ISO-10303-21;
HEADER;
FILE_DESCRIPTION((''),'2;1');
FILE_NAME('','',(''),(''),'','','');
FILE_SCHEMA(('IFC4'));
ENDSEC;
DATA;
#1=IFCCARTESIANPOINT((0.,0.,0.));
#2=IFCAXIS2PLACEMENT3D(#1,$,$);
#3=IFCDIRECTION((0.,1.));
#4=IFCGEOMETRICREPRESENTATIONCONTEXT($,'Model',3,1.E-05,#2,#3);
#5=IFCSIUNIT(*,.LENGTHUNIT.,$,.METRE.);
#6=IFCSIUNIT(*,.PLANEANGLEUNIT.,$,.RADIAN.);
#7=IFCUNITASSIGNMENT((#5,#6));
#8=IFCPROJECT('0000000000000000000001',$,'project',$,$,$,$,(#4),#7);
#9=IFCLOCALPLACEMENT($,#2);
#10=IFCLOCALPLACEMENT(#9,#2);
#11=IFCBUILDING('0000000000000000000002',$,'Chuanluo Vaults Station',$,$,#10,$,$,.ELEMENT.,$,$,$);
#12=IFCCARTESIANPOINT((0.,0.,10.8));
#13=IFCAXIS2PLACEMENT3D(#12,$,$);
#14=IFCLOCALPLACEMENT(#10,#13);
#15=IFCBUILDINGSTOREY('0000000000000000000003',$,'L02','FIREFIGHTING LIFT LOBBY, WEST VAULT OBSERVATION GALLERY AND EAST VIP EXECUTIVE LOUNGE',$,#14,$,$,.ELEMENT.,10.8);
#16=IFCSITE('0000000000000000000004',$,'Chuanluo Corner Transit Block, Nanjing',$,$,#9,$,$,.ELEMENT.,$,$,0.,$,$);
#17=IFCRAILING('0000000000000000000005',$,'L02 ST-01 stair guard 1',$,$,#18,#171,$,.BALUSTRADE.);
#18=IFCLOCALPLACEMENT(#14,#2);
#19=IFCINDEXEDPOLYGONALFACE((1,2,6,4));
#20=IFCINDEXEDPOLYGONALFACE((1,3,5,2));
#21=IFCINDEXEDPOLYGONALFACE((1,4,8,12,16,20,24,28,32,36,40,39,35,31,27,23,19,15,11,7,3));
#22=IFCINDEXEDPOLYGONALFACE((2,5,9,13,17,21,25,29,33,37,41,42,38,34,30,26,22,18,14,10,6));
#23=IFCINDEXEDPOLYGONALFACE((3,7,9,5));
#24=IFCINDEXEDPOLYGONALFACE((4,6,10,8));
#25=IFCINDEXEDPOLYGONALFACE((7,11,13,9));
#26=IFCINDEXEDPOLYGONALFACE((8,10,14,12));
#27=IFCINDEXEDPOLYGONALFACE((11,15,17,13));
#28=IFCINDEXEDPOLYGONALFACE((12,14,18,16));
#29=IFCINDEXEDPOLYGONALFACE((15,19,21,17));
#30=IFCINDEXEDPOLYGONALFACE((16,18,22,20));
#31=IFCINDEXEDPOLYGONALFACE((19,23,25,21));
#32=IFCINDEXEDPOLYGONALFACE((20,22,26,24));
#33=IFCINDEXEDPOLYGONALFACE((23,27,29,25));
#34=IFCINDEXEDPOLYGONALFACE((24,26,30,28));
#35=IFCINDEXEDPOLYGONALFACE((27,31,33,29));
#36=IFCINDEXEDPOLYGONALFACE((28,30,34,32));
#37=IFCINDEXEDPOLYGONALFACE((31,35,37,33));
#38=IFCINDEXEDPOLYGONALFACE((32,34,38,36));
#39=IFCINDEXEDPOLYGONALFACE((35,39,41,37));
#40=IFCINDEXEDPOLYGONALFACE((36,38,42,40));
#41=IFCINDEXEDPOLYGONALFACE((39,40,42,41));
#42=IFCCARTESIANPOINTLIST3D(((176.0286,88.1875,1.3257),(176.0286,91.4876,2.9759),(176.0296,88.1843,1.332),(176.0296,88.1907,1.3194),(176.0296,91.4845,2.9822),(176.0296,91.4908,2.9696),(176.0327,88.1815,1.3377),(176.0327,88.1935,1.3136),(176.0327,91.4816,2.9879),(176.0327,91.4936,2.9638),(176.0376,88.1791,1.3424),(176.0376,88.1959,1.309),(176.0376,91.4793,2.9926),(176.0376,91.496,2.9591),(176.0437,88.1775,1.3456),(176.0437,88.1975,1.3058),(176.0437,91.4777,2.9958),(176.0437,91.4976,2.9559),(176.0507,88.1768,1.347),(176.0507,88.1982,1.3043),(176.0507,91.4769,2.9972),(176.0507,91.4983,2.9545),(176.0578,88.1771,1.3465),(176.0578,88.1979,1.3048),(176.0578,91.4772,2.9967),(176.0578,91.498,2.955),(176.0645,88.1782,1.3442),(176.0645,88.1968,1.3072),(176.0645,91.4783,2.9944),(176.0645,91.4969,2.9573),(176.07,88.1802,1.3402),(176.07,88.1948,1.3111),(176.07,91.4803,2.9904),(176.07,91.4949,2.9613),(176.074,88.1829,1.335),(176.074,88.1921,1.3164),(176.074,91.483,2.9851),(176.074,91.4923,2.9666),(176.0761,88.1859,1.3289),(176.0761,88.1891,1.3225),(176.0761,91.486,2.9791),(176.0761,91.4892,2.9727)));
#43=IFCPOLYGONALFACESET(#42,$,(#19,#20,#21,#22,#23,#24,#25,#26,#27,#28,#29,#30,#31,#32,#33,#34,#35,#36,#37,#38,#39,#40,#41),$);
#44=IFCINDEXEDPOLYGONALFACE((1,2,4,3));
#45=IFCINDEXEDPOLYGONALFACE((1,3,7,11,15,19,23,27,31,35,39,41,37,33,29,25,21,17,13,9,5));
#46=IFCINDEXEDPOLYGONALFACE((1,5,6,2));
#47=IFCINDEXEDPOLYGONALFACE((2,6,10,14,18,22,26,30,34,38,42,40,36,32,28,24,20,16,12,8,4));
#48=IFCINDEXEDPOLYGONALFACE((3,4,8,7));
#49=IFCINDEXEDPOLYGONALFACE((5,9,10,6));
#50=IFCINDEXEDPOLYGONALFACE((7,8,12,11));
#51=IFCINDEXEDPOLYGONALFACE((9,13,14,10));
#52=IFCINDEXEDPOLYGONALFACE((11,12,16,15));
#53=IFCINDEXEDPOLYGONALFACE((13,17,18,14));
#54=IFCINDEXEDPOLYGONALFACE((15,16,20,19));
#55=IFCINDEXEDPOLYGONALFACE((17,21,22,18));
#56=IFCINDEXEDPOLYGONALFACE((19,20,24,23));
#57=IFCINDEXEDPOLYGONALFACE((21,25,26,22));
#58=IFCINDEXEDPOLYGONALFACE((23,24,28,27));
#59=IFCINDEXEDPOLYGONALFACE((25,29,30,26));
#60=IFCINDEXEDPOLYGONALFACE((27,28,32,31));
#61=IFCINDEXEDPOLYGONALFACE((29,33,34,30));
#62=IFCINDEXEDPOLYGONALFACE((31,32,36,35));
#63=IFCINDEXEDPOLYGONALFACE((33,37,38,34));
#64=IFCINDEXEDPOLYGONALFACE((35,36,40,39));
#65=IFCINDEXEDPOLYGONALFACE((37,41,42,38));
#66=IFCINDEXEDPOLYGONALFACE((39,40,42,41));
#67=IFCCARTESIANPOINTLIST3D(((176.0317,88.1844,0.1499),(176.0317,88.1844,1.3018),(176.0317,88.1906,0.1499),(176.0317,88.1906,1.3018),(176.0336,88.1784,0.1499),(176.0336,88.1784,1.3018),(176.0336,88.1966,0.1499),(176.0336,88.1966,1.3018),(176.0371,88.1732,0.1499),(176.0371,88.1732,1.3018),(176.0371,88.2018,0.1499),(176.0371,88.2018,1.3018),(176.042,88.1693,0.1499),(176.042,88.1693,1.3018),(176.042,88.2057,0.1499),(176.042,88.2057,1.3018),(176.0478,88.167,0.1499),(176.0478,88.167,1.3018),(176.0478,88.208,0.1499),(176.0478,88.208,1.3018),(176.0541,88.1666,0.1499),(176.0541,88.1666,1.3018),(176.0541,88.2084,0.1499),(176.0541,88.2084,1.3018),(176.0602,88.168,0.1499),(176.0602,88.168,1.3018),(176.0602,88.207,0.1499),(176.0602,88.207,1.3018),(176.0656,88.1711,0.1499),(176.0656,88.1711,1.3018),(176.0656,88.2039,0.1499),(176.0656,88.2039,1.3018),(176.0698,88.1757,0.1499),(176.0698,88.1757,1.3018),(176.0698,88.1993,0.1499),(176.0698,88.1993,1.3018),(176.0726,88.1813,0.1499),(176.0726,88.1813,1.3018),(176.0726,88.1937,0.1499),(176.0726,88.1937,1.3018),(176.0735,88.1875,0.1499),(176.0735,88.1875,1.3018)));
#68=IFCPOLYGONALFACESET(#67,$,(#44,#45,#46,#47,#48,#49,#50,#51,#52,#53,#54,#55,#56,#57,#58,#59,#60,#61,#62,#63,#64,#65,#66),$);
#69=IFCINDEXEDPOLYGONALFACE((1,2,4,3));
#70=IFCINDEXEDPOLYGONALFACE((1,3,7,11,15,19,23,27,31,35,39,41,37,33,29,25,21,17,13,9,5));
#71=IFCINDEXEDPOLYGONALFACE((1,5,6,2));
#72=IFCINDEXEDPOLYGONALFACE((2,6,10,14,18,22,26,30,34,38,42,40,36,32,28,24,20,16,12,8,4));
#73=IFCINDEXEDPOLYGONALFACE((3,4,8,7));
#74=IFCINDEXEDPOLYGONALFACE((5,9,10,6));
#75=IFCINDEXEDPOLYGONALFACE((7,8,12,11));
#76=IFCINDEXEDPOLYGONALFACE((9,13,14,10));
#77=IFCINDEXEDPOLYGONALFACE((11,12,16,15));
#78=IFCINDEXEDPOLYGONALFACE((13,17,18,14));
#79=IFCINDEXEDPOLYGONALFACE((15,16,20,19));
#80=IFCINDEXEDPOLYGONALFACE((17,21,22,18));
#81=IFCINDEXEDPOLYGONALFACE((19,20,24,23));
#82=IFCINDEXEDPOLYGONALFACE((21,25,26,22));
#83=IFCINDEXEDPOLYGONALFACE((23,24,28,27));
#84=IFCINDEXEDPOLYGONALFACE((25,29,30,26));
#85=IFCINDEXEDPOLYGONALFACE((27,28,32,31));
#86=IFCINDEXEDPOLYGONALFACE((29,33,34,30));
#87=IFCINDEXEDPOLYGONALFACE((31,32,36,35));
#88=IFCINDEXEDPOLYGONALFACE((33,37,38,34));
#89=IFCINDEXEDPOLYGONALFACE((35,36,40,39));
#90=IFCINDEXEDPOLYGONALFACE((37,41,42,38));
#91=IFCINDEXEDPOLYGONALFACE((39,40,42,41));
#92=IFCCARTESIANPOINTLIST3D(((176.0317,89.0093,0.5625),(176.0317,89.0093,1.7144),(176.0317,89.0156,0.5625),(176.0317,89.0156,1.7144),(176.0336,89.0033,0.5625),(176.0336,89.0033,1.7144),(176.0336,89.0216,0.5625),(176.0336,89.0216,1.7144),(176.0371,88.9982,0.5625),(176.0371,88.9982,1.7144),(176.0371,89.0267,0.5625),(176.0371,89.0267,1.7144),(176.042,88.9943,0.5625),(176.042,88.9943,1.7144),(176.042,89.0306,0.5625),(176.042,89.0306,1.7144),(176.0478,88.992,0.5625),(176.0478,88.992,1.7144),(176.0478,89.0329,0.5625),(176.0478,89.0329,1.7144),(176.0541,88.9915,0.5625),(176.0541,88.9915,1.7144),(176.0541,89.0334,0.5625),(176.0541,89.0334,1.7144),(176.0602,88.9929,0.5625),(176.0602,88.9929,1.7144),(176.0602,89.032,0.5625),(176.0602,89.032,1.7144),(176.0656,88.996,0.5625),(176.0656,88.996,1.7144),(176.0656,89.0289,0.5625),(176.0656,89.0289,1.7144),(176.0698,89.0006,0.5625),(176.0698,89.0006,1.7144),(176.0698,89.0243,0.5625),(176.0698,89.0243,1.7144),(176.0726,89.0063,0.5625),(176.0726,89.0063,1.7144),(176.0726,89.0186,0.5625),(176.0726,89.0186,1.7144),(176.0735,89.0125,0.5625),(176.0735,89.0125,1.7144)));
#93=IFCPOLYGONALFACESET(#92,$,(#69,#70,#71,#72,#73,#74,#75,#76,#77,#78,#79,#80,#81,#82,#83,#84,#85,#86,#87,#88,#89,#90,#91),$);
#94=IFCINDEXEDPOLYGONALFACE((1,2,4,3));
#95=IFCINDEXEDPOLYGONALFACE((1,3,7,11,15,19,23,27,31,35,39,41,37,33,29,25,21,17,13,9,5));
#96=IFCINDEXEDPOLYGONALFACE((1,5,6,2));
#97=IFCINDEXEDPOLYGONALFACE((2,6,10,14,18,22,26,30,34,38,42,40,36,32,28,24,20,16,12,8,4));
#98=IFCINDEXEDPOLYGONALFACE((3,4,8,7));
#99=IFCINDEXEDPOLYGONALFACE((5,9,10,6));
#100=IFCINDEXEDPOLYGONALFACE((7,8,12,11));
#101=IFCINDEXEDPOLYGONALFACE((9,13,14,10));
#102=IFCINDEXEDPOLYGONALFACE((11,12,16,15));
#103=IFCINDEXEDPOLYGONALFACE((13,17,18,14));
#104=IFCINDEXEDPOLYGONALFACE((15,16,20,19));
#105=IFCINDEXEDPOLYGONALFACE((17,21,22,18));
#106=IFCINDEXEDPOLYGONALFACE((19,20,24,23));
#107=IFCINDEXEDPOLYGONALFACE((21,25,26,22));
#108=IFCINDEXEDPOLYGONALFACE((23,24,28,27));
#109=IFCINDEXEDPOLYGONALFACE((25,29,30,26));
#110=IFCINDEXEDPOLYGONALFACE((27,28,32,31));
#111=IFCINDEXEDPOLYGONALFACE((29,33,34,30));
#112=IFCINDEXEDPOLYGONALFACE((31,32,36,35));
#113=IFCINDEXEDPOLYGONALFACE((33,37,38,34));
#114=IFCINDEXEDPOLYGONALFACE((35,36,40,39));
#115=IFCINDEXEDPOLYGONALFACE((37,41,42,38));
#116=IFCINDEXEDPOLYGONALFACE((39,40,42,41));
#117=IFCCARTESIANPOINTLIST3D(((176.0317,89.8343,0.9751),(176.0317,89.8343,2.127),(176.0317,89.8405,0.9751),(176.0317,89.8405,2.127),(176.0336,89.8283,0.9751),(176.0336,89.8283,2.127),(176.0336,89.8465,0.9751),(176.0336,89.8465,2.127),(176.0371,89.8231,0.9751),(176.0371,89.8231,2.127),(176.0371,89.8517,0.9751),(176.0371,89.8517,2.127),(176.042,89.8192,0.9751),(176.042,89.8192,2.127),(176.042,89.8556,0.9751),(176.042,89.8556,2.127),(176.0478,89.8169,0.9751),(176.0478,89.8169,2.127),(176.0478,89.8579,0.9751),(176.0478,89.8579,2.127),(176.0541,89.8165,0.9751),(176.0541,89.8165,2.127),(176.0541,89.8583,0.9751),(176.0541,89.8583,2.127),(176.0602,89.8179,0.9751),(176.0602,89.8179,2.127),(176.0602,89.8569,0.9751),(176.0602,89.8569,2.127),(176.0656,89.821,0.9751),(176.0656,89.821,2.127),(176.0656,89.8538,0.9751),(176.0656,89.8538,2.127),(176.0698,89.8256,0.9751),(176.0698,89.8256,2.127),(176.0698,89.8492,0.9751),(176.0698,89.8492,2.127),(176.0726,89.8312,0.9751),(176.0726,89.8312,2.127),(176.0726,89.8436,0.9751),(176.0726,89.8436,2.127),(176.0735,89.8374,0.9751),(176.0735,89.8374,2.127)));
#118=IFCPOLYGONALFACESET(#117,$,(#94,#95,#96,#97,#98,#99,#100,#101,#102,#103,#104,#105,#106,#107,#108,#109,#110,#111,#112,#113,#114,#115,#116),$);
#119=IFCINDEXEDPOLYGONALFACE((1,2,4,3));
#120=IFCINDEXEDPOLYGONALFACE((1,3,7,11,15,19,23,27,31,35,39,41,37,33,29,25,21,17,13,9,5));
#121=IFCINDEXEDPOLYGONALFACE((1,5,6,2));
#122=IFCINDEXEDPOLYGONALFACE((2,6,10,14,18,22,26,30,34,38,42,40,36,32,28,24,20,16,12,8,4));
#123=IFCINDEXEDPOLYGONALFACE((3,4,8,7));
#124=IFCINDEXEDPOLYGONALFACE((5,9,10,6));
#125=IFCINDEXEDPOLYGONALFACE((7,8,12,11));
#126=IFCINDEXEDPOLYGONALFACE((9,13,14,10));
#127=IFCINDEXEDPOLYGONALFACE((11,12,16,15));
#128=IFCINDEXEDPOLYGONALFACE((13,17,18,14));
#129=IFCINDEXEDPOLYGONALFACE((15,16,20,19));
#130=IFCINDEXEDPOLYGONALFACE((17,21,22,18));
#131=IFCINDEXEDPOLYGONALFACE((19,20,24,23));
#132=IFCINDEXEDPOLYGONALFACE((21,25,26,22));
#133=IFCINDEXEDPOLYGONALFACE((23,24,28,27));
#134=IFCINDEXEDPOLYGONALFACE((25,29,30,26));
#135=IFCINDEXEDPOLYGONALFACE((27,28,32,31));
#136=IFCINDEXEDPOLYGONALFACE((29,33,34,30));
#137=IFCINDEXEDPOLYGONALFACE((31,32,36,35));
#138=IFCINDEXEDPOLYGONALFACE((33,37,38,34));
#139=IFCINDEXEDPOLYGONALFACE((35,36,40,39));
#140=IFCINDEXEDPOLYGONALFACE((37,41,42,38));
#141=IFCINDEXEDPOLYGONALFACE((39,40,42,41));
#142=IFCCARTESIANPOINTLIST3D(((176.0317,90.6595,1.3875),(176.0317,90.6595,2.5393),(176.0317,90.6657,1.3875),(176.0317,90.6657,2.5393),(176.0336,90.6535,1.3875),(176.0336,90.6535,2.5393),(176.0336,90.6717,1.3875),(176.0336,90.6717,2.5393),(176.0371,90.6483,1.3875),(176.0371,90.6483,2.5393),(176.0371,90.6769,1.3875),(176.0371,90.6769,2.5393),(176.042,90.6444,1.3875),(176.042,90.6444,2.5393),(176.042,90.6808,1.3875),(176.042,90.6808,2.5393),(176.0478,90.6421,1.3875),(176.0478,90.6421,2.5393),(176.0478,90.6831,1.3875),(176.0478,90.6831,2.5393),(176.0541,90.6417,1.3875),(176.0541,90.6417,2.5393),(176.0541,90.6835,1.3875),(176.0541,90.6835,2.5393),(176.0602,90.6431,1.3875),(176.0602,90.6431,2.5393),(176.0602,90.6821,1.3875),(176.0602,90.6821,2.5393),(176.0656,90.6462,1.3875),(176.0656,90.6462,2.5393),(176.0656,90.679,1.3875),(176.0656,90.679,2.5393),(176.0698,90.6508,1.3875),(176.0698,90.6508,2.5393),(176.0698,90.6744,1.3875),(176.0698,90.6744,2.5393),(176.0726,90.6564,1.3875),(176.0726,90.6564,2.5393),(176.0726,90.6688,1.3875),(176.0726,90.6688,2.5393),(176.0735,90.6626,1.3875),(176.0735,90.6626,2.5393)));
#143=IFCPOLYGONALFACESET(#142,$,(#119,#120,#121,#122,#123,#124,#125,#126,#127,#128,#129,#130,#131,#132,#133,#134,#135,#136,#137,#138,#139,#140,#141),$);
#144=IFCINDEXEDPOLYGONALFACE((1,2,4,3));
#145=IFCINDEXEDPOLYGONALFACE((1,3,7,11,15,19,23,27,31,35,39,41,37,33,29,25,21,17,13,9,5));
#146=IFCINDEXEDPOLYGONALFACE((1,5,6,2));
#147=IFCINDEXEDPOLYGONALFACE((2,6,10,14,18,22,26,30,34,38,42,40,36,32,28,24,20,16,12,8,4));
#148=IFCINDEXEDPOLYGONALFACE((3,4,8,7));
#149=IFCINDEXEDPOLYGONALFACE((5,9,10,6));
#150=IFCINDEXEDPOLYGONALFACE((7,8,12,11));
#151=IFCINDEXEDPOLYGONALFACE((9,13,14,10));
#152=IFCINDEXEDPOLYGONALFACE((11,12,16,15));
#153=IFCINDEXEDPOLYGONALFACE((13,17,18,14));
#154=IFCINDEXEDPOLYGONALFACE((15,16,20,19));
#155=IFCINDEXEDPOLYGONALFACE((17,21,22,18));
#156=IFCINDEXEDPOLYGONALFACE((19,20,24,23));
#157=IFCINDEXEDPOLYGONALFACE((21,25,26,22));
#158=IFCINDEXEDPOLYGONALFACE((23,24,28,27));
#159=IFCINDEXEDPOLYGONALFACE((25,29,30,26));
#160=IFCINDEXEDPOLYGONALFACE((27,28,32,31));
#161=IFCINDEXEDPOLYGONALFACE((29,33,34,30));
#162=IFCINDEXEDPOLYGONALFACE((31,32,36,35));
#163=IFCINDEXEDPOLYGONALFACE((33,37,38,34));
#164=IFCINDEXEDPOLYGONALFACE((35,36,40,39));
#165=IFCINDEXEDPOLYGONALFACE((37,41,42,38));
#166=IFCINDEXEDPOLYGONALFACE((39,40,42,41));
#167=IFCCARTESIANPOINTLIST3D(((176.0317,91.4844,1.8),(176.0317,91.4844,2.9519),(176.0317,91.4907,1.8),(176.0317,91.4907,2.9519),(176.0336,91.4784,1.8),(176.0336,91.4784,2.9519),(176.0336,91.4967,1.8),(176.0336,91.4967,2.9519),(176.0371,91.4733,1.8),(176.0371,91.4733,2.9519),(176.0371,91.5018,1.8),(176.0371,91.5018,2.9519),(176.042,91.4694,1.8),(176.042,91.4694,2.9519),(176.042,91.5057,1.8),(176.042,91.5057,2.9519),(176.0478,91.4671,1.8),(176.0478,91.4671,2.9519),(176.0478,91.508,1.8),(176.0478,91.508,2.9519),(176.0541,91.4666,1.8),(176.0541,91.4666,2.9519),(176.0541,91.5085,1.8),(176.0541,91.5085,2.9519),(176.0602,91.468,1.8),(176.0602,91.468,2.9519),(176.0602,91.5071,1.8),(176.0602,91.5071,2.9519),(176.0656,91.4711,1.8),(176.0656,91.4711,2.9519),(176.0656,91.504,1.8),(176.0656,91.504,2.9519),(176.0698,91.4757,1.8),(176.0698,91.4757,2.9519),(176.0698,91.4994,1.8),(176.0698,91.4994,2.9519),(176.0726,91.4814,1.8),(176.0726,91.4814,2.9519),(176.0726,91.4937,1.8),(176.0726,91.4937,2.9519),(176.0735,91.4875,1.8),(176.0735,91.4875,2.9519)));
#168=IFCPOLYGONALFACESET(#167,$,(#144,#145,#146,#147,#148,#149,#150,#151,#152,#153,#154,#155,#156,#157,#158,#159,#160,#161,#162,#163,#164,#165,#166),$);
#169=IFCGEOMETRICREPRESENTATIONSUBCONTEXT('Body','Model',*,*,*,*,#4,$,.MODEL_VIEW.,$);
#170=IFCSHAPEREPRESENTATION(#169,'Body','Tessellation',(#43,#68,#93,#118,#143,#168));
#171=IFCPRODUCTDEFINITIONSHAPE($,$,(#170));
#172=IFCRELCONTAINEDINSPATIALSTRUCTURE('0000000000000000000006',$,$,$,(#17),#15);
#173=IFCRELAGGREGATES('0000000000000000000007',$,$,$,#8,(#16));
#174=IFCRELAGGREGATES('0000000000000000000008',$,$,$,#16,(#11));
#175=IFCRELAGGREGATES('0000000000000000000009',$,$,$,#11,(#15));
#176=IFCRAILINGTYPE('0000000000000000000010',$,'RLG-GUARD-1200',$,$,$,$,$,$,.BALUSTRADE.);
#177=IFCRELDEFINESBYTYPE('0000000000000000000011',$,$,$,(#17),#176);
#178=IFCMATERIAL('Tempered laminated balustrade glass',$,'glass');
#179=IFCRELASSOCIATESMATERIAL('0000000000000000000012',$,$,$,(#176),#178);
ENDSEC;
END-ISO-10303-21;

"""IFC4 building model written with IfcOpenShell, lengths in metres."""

from ifc_helpers import new_model, si_unit, direction, frame, origin, origin_2d, place, context, subcontext, project, spatial, circle, extrude, material, type_object, element, save


model = new_model("IFC4")

# Units and contexts
model_context = context("Model", 3, precision=1e-05, world=origin(), true_north=direction((0.0, 1.0)))
body_context = subcontext(model_context, "Body", "Model", "MODEL_VIEW")
ifc_project = project(units=[si_unit("LENGTHUNIT", "METRE"), si_unit("PLANEANGLEUNIT", "RADIAN")], contexts=[model_context])

# Site, building, storey
site_placement = place(None, origin())
site = spatial("IfcSite", under=ifc_project, at=site_placement, Name="Chuanluo Corner Transit Block, Nanjing", CompositionType="ELEMENT", RefElevation=0.0)
building_placement = place(site_placement, origin())
building = spatial("IfcBuilding", under=site, at=building_placement, Name="Chuanluo Vaults Station", CompositionType="ELEMENT")
storey_placement = place(building_placement, frame((0.0, 0.0, 10.8)))
storey = spatial("IfcBuildingStorey", under=building, at=storey_placement, Name="L02", Description="FIREFIGHTING LIFT LOBBY, WEST VAULT OBSERVATION GALLERY AND EAST VIP EXECUTIVE LOUNGE", CompositionType="ELEMENT", Elevation=10.8)

# Railing
ifc_material_1 = material(Name="Tempered laminated balustrade glass", Category="glass")
railing_type_1 = type_object("IfcRailingType", Name="RLG-GUARD-1200", PredefinedType="BALUSTRADE", material=ifc_material_1)
railing_1_placement = place(storey_placement, frame((176.0525, 88.1875, 0.1499)))
element("IfcRailing", 1, at=railing_1_placement, inside=storey, type_object=railing_type_1, Name="L02 ST-01 stair guard 1", PredefinedType="BALUSTRADE", context=body_context, shape_type="SweptSolid", body=[
    extrude(circle(Radius=0.0239, at=origin_2d()), frame((0.0, 0.0, 1.1758), z_axis=(0.0, 0.894414, 0.44724), x_axis=(-1.0, 0.0, 0.0)), (0.0, 0.0, 1.0), 3.6897),
    extrude(circle(Radius=0.021, at=origin_2d()), origin(), (0.0, 0.0, 1.0), 1.1519),
    extrude(circle(Radius=0.021, at=origin_2d()), frame((0.0, 0.825, 0.4126)), (0.0, 0.0, 1.0), 1.1519),
    extrude(circle(Radius=0.021, at=origin_2d()), frame((0.0, 1.6499, 0.8252)), (0.0, 0.0, 1.0), 1.1519),
    extrude(circle(Radius=0.021, at=origin_2d()), frame((0.0, 2.4751, 1.2375)), (0.0, 0.0, 1.0), 1.1519),
    extrude(circle(Radius=0.021, at=origin_2d()), frame((0.0, 3.3, 1.6501)), (0.0, 0.0, 1.0), 1.1519),
])

save(model, "model.ifc")
